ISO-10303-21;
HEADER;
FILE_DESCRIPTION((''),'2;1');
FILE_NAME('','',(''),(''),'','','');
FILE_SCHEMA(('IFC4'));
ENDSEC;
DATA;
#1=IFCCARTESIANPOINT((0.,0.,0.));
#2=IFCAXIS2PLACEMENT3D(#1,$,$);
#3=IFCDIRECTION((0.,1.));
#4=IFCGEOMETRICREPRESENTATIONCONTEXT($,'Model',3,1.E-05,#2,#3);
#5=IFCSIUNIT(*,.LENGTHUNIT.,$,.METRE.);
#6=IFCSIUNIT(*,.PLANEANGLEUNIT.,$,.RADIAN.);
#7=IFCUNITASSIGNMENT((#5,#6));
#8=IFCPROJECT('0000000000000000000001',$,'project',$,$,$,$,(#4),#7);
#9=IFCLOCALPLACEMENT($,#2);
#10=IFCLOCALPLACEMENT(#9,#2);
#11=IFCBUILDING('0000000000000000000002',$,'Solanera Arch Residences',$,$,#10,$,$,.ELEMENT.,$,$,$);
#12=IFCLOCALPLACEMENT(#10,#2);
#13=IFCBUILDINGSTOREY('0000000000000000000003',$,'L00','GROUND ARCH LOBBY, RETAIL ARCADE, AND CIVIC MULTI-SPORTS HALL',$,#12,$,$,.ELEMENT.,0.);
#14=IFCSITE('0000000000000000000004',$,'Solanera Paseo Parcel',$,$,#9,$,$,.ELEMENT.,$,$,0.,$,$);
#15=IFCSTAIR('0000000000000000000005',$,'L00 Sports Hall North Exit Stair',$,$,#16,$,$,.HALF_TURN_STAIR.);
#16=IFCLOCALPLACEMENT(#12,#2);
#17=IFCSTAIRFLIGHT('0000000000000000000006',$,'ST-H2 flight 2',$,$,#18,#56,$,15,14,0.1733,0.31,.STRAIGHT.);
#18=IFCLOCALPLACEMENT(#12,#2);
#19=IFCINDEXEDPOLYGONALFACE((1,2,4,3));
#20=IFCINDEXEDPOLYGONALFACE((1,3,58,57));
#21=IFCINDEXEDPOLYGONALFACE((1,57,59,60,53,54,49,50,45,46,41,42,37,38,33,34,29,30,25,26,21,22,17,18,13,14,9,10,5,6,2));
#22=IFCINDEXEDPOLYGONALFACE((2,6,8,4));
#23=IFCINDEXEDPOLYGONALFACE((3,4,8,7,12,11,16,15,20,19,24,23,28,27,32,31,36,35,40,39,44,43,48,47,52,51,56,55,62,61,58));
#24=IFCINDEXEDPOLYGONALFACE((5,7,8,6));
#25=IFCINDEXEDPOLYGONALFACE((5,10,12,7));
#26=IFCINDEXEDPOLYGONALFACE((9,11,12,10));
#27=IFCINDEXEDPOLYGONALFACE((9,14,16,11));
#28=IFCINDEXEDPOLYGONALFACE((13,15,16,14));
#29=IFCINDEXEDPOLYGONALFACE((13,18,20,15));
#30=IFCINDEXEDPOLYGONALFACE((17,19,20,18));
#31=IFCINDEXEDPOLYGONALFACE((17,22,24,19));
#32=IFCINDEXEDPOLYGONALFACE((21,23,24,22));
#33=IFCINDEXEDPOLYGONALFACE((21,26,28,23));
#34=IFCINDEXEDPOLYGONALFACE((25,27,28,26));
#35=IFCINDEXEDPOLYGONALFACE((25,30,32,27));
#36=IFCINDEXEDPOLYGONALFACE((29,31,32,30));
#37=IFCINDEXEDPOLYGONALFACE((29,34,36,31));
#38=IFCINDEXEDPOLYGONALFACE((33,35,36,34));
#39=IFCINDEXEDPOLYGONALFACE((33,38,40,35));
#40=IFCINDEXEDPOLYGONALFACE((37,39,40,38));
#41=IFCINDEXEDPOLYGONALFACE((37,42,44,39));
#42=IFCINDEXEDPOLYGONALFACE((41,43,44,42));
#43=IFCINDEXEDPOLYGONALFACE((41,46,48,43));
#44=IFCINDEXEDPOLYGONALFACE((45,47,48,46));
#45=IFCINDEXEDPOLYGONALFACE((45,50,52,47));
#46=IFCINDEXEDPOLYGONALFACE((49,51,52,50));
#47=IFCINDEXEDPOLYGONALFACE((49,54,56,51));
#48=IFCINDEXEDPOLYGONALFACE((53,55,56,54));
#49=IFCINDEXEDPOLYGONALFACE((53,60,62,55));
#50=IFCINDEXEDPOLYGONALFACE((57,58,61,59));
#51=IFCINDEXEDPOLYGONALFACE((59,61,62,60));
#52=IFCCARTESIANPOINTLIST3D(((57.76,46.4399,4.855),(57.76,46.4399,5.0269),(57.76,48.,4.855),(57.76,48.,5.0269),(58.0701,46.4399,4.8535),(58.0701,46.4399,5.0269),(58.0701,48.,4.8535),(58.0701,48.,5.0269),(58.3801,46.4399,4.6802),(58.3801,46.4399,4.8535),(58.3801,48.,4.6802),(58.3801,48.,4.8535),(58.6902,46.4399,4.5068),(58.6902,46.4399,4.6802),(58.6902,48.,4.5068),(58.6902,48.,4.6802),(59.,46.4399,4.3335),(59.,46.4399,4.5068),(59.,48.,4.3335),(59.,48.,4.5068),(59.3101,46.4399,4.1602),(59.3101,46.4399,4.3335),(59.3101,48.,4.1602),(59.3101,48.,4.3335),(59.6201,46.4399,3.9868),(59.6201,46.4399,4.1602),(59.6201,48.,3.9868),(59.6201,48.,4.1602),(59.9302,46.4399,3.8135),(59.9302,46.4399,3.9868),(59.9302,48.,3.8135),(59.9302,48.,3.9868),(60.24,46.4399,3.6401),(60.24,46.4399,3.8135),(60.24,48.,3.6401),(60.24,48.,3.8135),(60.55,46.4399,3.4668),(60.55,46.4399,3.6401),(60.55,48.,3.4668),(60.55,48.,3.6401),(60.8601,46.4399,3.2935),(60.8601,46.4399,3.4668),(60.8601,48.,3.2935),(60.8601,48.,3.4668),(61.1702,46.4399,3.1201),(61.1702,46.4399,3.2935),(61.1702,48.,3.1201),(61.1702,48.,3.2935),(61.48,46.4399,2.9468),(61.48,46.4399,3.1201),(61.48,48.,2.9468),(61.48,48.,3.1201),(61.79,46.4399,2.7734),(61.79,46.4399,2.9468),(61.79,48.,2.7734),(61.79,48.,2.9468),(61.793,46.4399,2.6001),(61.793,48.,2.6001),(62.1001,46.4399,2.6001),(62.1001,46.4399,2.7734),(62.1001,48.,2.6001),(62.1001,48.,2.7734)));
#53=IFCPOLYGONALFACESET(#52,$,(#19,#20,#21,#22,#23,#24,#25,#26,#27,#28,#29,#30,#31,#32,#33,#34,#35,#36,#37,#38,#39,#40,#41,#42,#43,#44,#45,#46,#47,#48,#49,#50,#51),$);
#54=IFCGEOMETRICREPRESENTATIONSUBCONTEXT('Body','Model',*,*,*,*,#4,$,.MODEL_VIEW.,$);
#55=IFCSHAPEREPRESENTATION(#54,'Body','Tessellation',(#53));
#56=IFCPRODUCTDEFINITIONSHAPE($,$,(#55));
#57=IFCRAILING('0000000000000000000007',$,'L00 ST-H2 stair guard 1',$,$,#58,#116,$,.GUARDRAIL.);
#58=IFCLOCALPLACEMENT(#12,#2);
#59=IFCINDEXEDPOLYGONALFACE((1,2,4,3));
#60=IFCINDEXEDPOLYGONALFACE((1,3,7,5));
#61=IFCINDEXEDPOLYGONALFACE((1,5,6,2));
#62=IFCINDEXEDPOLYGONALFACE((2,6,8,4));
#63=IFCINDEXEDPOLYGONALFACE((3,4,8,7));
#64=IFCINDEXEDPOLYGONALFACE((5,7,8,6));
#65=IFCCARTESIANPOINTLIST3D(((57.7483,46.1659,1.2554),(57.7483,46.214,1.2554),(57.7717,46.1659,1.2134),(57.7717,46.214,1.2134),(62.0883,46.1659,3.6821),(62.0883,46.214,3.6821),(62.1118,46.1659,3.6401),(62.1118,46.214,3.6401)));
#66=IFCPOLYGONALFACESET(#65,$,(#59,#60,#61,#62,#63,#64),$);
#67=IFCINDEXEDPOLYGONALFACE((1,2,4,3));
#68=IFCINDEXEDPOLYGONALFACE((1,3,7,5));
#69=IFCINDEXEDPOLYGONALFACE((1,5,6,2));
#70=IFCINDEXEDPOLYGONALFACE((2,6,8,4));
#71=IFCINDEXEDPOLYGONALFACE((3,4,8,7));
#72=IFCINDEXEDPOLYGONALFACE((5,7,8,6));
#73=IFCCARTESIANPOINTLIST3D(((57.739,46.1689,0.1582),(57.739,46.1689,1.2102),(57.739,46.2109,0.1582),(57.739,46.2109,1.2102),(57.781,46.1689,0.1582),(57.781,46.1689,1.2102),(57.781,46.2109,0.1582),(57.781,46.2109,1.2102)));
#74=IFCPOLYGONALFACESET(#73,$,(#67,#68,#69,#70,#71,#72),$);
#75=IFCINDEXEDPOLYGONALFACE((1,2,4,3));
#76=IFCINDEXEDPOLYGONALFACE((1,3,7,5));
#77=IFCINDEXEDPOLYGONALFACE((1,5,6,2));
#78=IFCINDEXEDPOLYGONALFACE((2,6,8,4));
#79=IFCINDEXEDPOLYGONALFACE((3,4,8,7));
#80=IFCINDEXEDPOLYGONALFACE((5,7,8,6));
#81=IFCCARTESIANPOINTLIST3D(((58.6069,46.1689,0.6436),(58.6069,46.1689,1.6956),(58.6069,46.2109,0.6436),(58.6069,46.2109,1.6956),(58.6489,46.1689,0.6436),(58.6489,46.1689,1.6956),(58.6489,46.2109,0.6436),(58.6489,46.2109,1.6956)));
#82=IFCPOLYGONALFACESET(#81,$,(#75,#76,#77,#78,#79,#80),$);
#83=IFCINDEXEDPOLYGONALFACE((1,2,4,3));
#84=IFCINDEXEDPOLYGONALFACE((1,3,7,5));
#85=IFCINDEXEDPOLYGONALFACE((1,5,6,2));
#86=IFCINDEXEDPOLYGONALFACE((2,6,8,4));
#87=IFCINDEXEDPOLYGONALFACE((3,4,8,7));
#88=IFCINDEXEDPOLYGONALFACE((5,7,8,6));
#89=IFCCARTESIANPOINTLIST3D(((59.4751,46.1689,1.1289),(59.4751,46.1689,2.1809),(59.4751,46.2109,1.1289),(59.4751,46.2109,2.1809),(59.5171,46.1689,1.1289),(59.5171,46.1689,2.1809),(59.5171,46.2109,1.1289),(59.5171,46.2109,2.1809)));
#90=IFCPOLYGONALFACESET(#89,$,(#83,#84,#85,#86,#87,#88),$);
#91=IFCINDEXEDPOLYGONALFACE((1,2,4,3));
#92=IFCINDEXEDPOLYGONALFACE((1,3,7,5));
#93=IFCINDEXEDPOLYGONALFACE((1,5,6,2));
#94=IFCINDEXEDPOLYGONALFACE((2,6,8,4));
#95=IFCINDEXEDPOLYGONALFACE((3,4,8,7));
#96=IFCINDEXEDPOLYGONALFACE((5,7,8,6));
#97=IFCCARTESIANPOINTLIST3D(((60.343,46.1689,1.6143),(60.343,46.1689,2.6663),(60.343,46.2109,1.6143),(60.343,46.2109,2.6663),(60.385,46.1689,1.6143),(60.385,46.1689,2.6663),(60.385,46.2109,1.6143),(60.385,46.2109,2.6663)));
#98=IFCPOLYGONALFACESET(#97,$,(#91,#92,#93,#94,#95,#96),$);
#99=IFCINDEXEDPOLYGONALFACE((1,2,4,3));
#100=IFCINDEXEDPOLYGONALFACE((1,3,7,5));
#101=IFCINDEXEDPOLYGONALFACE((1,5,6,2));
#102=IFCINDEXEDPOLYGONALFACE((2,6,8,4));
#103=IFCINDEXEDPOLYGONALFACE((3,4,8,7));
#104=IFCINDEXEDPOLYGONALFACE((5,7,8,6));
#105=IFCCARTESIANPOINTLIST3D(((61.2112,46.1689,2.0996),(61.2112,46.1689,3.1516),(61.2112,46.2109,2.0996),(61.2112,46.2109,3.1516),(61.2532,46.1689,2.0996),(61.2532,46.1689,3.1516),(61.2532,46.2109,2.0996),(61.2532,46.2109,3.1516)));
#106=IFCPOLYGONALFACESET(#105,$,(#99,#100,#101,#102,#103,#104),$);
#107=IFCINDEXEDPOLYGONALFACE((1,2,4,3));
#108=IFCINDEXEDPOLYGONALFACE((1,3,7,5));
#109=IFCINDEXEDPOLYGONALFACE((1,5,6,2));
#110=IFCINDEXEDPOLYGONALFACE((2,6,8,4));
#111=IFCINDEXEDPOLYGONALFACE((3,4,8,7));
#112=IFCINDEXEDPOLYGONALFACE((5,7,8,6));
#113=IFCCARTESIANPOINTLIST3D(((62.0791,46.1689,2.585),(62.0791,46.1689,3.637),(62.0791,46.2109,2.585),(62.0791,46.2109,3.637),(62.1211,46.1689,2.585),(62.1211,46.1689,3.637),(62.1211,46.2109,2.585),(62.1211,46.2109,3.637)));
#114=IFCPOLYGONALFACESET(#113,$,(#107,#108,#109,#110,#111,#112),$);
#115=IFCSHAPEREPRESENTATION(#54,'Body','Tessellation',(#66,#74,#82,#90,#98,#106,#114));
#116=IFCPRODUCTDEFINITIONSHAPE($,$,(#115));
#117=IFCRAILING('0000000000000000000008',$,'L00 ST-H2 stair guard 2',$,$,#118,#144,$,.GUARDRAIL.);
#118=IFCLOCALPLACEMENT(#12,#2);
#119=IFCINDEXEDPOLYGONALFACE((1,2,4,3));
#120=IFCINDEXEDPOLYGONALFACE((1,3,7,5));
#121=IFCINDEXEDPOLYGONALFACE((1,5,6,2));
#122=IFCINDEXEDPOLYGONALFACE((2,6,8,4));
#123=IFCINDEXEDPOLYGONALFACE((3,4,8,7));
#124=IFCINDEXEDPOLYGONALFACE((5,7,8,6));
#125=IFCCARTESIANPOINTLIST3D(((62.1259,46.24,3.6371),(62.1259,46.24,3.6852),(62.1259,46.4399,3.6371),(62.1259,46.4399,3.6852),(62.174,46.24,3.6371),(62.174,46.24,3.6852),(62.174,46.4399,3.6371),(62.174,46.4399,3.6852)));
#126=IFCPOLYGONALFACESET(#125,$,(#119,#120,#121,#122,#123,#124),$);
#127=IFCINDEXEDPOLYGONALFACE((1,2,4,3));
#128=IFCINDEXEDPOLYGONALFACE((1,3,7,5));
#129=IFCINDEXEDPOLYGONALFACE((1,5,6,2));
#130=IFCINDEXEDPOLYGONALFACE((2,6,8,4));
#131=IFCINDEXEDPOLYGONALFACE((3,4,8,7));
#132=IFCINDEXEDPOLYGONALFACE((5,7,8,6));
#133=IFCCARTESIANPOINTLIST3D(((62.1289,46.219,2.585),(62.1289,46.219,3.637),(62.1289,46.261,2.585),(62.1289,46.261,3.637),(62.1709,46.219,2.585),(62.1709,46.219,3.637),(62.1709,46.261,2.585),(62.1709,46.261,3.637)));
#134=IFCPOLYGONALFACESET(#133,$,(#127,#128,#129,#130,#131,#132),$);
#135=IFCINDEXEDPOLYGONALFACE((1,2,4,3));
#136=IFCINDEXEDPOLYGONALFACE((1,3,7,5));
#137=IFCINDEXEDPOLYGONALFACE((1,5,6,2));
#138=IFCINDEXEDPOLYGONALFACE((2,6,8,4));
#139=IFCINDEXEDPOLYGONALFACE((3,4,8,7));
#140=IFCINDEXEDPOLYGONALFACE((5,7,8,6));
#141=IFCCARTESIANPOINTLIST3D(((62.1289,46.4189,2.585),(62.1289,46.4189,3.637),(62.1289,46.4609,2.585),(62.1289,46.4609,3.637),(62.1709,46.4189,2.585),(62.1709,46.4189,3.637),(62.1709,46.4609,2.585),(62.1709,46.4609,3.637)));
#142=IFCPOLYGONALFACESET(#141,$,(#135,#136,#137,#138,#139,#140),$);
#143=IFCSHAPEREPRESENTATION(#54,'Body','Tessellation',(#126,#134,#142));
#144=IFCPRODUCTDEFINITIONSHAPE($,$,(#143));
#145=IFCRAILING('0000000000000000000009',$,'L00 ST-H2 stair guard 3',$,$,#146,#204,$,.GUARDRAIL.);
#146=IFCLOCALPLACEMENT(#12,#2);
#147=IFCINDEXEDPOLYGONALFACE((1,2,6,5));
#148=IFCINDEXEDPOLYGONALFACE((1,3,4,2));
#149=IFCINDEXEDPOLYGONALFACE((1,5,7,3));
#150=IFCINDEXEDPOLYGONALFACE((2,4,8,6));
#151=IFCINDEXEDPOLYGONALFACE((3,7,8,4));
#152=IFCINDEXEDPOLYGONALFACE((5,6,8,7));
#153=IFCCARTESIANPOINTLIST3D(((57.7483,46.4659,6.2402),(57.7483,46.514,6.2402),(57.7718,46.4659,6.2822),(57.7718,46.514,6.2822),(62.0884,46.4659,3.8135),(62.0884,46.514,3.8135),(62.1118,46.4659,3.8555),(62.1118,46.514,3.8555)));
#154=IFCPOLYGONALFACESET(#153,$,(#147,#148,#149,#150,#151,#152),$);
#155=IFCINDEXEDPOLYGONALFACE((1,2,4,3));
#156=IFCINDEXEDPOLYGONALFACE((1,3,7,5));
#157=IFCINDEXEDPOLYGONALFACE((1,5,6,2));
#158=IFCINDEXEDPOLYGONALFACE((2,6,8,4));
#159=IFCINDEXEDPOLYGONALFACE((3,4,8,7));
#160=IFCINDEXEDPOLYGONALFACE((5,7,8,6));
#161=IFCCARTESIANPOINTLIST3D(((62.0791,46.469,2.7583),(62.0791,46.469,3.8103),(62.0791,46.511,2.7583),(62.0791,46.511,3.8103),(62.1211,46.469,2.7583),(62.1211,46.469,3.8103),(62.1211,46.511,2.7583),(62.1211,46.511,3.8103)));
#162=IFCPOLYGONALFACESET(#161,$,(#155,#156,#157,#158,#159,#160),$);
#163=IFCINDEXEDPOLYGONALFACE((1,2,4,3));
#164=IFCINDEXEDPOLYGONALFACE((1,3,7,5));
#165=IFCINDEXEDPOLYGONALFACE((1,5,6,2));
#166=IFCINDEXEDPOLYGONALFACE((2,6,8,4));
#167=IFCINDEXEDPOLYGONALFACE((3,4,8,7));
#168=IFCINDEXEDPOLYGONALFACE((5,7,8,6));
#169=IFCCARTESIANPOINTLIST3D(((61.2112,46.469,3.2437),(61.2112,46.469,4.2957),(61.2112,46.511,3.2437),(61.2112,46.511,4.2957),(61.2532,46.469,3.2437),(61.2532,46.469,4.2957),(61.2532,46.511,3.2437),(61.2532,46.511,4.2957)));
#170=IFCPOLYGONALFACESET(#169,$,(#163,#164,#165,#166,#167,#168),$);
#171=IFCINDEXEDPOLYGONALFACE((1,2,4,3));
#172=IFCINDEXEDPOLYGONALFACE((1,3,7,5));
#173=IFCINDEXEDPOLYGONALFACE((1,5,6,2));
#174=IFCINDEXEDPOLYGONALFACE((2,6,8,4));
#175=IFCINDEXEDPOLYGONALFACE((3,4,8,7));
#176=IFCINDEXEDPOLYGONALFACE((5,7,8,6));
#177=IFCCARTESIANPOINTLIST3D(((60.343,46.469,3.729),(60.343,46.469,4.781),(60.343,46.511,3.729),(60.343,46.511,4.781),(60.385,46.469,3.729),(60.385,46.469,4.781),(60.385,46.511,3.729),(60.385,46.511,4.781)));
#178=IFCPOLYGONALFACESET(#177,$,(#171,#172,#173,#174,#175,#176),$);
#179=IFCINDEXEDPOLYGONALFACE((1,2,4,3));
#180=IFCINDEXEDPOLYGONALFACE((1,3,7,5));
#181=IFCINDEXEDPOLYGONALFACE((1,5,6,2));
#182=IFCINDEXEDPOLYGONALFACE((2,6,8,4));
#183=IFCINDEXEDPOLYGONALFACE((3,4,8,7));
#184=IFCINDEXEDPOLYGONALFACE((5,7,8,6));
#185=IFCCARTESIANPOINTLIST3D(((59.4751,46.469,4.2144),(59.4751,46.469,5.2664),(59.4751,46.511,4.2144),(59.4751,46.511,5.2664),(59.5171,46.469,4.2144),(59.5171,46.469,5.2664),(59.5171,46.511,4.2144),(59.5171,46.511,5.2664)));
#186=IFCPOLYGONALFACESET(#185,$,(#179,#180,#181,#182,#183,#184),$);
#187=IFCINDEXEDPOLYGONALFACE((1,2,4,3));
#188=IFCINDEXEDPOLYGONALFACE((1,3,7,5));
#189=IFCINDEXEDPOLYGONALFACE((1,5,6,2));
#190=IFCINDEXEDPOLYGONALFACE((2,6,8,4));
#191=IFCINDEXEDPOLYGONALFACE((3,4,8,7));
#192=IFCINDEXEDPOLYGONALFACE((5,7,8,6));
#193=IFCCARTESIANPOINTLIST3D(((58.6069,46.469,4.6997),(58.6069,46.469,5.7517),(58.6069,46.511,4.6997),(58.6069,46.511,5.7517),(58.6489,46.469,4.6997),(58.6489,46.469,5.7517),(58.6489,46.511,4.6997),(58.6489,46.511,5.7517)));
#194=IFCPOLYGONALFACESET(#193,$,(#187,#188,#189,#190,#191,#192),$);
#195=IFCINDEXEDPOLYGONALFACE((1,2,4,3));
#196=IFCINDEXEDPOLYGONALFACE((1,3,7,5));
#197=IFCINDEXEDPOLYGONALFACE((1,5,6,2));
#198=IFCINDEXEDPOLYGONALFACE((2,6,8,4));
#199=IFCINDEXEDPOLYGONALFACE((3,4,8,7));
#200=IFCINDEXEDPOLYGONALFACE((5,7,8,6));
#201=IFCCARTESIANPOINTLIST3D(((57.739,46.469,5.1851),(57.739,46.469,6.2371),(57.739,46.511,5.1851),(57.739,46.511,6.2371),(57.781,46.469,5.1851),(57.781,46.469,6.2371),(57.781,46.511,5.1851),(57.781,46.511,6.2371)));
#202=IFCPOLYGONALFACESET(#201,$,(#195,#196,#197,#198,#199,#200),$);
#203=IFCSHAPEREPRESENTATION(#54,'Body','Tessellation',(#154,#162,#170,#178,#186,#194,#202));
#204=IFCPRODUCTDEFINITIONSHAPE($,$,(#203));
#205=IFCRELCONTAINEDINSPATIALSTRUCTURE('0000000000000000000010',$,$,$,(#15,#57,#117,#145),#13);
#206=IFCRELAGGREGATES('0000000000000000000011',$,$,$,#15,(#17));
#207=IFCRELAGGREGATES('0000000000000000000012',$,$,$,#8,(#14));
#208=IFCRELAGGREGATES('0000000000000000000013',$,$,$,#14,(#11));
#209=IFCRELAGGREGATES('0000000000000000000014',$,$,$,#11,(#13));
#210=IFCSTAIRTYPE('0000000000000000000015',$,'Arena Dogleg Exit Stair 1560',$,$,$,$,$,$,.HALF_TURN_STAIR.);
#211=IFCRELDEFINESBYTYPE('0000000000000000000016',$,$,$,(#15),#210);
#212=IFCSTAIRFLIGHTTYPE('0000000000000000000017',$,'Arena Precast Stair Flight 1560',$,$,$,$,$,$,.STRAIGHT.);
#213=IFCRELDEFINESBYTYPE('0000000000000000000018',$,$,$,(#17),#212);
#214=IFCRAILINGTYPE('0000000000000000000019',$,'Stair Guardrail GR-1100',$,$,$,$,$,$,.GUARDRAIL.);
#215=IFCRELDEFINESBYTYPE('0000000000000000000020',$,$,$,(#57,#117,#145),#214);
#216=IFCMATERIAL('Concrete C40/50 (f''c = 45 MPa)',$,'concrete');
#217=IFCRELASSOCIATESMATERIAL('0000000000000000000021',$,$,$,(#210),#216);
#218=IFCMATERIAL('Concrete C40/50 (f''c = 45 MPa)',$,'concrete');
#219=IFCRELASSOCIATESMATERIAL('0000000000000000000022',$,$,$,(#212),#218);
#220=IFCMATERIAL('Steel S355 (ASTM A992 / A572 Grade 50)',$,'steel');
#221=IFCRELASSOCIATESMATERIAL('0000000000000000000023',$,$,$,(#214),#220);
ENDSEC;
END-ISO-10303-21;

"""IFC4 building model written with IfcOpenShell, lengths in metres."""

from ifc_helpers import new_model, si_unit, direction, frame, origin, origin_2d, place, context, subcontext, project, spatial, polyline, rectangle, outline, extrude, material, type_object, element, aggregate, save


model = new_model("IFC4")

# Units and contexts
model_context = context("Model", 3, precision=1e-05, world=origin(), true_north=direction((0.0, 1.0)))
body_context = subcontext(model_context, "Body", "Model", "MODEL_VIEW")
ifc_project = project(units=[si_unit("LENGTHUNIT", "METRE"), si_unit("PLANEANGLEUNIT", "RADIAN")], contexts=[model_context])

# Site, building, storey
site_placement = place(None, origin())
site = spatial("IfcSite", under=ifc_project, at=site_placement, Name="Solanera Paseo Parcel", CompositionType="ELEMENT", RefElevation=0.0)
building_placement = place(site_placement, origin())
building = spatial("IfcBuilding", under=site, at=building_placement, Name="Solanera Arch Residences", CompositionType="ELEMENT")
storey_placement = place(building_placement, origin())
storey = spatial("IfcBuildingStorey", under=building, at=storey_placement, Name="L00", Description="GROUND ARCH LOBBY, RETAIL ARCADE, AND CIVIC MULTI-SPORTS HALL", CompositionType="ELEMENT", Elevation=0.0)

# Stair, stair flight
ifc_material_1 = material(Name="Concrete C40/50 (f'c = 45 MPa)", Category="concrete")
stair_type = type_object("IfcStairType", Name="Arena Dogleg Exit Stair 1560", PredefinedType="HALF_TURN_STAIR", material=ifc_material_1)
stair_placement = place(storey_placement, origin())
stair = element("IfcStair", 1, at=stair_placement, inside=storey, type_object=stair_type, Name="L00 Sports Hall North Exit Stair", PredefinedType="HALF_TURN_STAIR")
ifc_material_2 = material(Name="Concrete C40/50 (f'c = 45 MPa)", Category="concrete")
stair_flight_type = type_object("IfcStairFlightType", Name="Arena Precast Stair Flight 1560", PredefinedType="STRAIGHT", material=ifc_material_2)
stair_flight_1_placement = place(storey_placement, frame((62.1001, 47.22, 2.6001), z_axis=(0.0, 0.0, 1.0), x_axis=(-1.0, 0.0, 0.0)))
stair_flight_1 = element("IfcStairFlight", 2, at=stair_flight_1_placement, type_object=stair_flight_type, Name="ST-H2 flight 2", NumberOfRisers=15, NumberOfTreads=14, PredefinedType="STRAIGHT", RiserHeight=0.1733, TreadLength=0.31, context=body_context, shape_type="SweptSolid", body=[
    extrude(outline(polyline([(0.0, 0.0), (0.0, 0.1733), (0.3101, 0.1733), (0.3101, 0.3467), (0.6201, 0.3467), (0.6201, 0.52), (0.9299, 0.52), (0.9299, 0.6934), (1.24, 0.6934), (1.24, 0.8667), (1.55, 0.8667), (1.55, 1.04), (1.8601, 1.04), (1.8601, 1.2134), (2.1699, 1.2134), (2.1699, 1.3867), (2.48, 1.3867), (2.48, 1.5601), (2.79, 1.5601), (2.79, 1.7334), (3.1001, 1.7334), (3.1001, 1.9067), (3.4099, 1.9067), (3.4099, 2.0801), (3.72, 2.0801), (3.72, 2.2534), (4.03, 2.2534), (4.03, 2.4268), (4.3401, 2.4268), (4.3401, 2.6001), (4.3401, 2.2549), (0.3071, 0.0), (0.0, 0.0)])), frame((0.0, 0.78, 0.0), z_axis=(0.0, -1.0, 0.0), x_axis=(1.0, 0.0, 0.0)), (0.0, 0.0, 1.0), 1.5601),
])
aggregate(stair, [stair_flight_1])

# Railings
ifc_material_3 = material(Name="Steel S355 (ASTM A992 / A572 Grade 50)", Category="steel")
railing_type_1 = type_object("IfcRailingType", Name="Stair Guardrail GR-1100", PredefinedType="GUARDRAIL", material=ifc_material_3)
railing_1_placement = place(storey_placement, frame((57.76, 46.1899, 0.1582)))
element("IfcRailing", 3, at=railing_1_placement, inside=storey, type_object=railing_type_1, Name="L00 ST-H2 stair guard 1", PredefinedType="GUARDRAIL", context=body_context, shape_type="SweptSolid", body=[
    extrude(rectangle(XDim=0.0481, YDim=0.0481, at=origin_2d()), frame((0.0, 0.0, 1.0762), z_axis=(0.872822, 0.0, 0.488038), x_axis=(0.0, 1.0, 0.0)), (0.0, 0.0, 1.0), 4.9724),
    extrude(rectangle(XDim=0.042, YDim=0.042, at=origin_2d()), origin(), (0.0, 0.0, 1.0), 1.052),
    extrude(rectangle(XDim=0.042, YDim=0.042, at=origin_2d()), frame((0.8679, 0.0, 0.4854)), (0.0, 0.0, 1.0), 1.052),
    extrude(rectangle(XDim=0.042, YDim=0.042, at=origin_2d()), frame((1.7361, 0.0, 0.9707)), (0.0, 0.0, 1.0), 1.052),
    extrude(rectangle(XDim=0.042, YDim=0.042, at=origin_2d()), frame((2.604, 0.0, 1.4561)), (0.0, 0.0, 1.0), 1.052),
    extrude(rectangle(XDim=0.042, YDim=0.042, at=origin_2d()), frame((3.4722, 0.0, 1.9414)), (0.0, 0.0, 1.0), 1.052),
    extrude(rectangle(XDim=0.042, YDim=0.042, at=origin_2d()), frame((4.3401, 0.0, 2.4268)), (0.0, 0.0, 1.0), 1.052),
])
railing_2_placement = place(storey_placement, frame((62.1499, 46.24, 2.585)))
element("IfcRailing", 4, at=railing_2_placement, inside=storey, type_object=railing_type_1, Name="L00 ST-H2 stair guard 2", PredefinedType="GUARDRAIL", context=body_context, shape_type="SweptSolid", body=[
    extrude(rectangle(XDim=0.0481, YDim=0.0481, at=origin_2d()), frame((0.0, 0.0, 1.0762), z_axis=(0.0, 1.0, 0.0), x_axis=(-1.0, 0.0, 0.0)), (0.0, 0.0, 1.0), 0.2),
    extrude(rectangle(XDim=0.042, YDim=0.042, at=origin_2d()), origin(), (0.0, 0.0, 1.0), 1.052),
    extrude(rectangle(XDim=0.042, YDim=0.042, at=origin_2d()), frame((0.0, 0.2, 0.0)), (0.0, 0.0, 1.0), 1.052),
])
railing_3_placement = place(storey_placement, frame((62.1001, 46.49, 2.7583)))
element("IfcRailing", 5, at=railing_3_placement, inside=storey, type_object=railing_type_1, Name="L00 ST-H2 stair guard 3", PredefinedType="GUARDRAIL", context=body_context, shape_type="SweptSolid", body=[
    extrude(rectangle(XDim=0.0481, YDim=0.0481, at=origin_2d()), frame((0.0, 0.0, 1.0762), z_axis=(-0.872822, 0.0, 0.488038), x_axis=(0.0, -1.0, 0.0)), (0.0, 0.0, 1.0), 4.9724),
    extrude(rectangle(XDim=0.042, YDim=0.042, at=origin_2d()), origin(), (0.0, 0.0, 1.0), 1.052),
    extrude(rectangle(XDim=0.042, YDim=0.042, at=origin_2d()), frame((-0.8679, 0.0, 0.4854)), (0.0, 0.0, 1.0), 1.052),
    extrude(rectangle(XDim=0.042, YDim=0.042, at=origin_2d()), frame((-1.7361, 0.0, 0.9707)), (0.0, 0.0, 1.0), 1.052),
    extrude(rectangle(XDim=0.042, YDim=0.042, at=origin_2d()), frame((-2.604, 0.0, 1.4561)), (0.0, 0.0, 1.0), 1.052),
    extrude(rectangle(XDim=0.042, YDim=0.042, at=origin_2d()), frame((-3.4722, 0.0, 1.9414)), (0.0, 0.0, 1.0), 1.052),
    extrude(rectangle(XDim=0.042, YDim=0.042, at=origin_2d()), frame((-4.3401, 0.0, 2.4268)), (0.0, 0.0, 1.0), 1.052),
])

save(model, "model.ifc")
